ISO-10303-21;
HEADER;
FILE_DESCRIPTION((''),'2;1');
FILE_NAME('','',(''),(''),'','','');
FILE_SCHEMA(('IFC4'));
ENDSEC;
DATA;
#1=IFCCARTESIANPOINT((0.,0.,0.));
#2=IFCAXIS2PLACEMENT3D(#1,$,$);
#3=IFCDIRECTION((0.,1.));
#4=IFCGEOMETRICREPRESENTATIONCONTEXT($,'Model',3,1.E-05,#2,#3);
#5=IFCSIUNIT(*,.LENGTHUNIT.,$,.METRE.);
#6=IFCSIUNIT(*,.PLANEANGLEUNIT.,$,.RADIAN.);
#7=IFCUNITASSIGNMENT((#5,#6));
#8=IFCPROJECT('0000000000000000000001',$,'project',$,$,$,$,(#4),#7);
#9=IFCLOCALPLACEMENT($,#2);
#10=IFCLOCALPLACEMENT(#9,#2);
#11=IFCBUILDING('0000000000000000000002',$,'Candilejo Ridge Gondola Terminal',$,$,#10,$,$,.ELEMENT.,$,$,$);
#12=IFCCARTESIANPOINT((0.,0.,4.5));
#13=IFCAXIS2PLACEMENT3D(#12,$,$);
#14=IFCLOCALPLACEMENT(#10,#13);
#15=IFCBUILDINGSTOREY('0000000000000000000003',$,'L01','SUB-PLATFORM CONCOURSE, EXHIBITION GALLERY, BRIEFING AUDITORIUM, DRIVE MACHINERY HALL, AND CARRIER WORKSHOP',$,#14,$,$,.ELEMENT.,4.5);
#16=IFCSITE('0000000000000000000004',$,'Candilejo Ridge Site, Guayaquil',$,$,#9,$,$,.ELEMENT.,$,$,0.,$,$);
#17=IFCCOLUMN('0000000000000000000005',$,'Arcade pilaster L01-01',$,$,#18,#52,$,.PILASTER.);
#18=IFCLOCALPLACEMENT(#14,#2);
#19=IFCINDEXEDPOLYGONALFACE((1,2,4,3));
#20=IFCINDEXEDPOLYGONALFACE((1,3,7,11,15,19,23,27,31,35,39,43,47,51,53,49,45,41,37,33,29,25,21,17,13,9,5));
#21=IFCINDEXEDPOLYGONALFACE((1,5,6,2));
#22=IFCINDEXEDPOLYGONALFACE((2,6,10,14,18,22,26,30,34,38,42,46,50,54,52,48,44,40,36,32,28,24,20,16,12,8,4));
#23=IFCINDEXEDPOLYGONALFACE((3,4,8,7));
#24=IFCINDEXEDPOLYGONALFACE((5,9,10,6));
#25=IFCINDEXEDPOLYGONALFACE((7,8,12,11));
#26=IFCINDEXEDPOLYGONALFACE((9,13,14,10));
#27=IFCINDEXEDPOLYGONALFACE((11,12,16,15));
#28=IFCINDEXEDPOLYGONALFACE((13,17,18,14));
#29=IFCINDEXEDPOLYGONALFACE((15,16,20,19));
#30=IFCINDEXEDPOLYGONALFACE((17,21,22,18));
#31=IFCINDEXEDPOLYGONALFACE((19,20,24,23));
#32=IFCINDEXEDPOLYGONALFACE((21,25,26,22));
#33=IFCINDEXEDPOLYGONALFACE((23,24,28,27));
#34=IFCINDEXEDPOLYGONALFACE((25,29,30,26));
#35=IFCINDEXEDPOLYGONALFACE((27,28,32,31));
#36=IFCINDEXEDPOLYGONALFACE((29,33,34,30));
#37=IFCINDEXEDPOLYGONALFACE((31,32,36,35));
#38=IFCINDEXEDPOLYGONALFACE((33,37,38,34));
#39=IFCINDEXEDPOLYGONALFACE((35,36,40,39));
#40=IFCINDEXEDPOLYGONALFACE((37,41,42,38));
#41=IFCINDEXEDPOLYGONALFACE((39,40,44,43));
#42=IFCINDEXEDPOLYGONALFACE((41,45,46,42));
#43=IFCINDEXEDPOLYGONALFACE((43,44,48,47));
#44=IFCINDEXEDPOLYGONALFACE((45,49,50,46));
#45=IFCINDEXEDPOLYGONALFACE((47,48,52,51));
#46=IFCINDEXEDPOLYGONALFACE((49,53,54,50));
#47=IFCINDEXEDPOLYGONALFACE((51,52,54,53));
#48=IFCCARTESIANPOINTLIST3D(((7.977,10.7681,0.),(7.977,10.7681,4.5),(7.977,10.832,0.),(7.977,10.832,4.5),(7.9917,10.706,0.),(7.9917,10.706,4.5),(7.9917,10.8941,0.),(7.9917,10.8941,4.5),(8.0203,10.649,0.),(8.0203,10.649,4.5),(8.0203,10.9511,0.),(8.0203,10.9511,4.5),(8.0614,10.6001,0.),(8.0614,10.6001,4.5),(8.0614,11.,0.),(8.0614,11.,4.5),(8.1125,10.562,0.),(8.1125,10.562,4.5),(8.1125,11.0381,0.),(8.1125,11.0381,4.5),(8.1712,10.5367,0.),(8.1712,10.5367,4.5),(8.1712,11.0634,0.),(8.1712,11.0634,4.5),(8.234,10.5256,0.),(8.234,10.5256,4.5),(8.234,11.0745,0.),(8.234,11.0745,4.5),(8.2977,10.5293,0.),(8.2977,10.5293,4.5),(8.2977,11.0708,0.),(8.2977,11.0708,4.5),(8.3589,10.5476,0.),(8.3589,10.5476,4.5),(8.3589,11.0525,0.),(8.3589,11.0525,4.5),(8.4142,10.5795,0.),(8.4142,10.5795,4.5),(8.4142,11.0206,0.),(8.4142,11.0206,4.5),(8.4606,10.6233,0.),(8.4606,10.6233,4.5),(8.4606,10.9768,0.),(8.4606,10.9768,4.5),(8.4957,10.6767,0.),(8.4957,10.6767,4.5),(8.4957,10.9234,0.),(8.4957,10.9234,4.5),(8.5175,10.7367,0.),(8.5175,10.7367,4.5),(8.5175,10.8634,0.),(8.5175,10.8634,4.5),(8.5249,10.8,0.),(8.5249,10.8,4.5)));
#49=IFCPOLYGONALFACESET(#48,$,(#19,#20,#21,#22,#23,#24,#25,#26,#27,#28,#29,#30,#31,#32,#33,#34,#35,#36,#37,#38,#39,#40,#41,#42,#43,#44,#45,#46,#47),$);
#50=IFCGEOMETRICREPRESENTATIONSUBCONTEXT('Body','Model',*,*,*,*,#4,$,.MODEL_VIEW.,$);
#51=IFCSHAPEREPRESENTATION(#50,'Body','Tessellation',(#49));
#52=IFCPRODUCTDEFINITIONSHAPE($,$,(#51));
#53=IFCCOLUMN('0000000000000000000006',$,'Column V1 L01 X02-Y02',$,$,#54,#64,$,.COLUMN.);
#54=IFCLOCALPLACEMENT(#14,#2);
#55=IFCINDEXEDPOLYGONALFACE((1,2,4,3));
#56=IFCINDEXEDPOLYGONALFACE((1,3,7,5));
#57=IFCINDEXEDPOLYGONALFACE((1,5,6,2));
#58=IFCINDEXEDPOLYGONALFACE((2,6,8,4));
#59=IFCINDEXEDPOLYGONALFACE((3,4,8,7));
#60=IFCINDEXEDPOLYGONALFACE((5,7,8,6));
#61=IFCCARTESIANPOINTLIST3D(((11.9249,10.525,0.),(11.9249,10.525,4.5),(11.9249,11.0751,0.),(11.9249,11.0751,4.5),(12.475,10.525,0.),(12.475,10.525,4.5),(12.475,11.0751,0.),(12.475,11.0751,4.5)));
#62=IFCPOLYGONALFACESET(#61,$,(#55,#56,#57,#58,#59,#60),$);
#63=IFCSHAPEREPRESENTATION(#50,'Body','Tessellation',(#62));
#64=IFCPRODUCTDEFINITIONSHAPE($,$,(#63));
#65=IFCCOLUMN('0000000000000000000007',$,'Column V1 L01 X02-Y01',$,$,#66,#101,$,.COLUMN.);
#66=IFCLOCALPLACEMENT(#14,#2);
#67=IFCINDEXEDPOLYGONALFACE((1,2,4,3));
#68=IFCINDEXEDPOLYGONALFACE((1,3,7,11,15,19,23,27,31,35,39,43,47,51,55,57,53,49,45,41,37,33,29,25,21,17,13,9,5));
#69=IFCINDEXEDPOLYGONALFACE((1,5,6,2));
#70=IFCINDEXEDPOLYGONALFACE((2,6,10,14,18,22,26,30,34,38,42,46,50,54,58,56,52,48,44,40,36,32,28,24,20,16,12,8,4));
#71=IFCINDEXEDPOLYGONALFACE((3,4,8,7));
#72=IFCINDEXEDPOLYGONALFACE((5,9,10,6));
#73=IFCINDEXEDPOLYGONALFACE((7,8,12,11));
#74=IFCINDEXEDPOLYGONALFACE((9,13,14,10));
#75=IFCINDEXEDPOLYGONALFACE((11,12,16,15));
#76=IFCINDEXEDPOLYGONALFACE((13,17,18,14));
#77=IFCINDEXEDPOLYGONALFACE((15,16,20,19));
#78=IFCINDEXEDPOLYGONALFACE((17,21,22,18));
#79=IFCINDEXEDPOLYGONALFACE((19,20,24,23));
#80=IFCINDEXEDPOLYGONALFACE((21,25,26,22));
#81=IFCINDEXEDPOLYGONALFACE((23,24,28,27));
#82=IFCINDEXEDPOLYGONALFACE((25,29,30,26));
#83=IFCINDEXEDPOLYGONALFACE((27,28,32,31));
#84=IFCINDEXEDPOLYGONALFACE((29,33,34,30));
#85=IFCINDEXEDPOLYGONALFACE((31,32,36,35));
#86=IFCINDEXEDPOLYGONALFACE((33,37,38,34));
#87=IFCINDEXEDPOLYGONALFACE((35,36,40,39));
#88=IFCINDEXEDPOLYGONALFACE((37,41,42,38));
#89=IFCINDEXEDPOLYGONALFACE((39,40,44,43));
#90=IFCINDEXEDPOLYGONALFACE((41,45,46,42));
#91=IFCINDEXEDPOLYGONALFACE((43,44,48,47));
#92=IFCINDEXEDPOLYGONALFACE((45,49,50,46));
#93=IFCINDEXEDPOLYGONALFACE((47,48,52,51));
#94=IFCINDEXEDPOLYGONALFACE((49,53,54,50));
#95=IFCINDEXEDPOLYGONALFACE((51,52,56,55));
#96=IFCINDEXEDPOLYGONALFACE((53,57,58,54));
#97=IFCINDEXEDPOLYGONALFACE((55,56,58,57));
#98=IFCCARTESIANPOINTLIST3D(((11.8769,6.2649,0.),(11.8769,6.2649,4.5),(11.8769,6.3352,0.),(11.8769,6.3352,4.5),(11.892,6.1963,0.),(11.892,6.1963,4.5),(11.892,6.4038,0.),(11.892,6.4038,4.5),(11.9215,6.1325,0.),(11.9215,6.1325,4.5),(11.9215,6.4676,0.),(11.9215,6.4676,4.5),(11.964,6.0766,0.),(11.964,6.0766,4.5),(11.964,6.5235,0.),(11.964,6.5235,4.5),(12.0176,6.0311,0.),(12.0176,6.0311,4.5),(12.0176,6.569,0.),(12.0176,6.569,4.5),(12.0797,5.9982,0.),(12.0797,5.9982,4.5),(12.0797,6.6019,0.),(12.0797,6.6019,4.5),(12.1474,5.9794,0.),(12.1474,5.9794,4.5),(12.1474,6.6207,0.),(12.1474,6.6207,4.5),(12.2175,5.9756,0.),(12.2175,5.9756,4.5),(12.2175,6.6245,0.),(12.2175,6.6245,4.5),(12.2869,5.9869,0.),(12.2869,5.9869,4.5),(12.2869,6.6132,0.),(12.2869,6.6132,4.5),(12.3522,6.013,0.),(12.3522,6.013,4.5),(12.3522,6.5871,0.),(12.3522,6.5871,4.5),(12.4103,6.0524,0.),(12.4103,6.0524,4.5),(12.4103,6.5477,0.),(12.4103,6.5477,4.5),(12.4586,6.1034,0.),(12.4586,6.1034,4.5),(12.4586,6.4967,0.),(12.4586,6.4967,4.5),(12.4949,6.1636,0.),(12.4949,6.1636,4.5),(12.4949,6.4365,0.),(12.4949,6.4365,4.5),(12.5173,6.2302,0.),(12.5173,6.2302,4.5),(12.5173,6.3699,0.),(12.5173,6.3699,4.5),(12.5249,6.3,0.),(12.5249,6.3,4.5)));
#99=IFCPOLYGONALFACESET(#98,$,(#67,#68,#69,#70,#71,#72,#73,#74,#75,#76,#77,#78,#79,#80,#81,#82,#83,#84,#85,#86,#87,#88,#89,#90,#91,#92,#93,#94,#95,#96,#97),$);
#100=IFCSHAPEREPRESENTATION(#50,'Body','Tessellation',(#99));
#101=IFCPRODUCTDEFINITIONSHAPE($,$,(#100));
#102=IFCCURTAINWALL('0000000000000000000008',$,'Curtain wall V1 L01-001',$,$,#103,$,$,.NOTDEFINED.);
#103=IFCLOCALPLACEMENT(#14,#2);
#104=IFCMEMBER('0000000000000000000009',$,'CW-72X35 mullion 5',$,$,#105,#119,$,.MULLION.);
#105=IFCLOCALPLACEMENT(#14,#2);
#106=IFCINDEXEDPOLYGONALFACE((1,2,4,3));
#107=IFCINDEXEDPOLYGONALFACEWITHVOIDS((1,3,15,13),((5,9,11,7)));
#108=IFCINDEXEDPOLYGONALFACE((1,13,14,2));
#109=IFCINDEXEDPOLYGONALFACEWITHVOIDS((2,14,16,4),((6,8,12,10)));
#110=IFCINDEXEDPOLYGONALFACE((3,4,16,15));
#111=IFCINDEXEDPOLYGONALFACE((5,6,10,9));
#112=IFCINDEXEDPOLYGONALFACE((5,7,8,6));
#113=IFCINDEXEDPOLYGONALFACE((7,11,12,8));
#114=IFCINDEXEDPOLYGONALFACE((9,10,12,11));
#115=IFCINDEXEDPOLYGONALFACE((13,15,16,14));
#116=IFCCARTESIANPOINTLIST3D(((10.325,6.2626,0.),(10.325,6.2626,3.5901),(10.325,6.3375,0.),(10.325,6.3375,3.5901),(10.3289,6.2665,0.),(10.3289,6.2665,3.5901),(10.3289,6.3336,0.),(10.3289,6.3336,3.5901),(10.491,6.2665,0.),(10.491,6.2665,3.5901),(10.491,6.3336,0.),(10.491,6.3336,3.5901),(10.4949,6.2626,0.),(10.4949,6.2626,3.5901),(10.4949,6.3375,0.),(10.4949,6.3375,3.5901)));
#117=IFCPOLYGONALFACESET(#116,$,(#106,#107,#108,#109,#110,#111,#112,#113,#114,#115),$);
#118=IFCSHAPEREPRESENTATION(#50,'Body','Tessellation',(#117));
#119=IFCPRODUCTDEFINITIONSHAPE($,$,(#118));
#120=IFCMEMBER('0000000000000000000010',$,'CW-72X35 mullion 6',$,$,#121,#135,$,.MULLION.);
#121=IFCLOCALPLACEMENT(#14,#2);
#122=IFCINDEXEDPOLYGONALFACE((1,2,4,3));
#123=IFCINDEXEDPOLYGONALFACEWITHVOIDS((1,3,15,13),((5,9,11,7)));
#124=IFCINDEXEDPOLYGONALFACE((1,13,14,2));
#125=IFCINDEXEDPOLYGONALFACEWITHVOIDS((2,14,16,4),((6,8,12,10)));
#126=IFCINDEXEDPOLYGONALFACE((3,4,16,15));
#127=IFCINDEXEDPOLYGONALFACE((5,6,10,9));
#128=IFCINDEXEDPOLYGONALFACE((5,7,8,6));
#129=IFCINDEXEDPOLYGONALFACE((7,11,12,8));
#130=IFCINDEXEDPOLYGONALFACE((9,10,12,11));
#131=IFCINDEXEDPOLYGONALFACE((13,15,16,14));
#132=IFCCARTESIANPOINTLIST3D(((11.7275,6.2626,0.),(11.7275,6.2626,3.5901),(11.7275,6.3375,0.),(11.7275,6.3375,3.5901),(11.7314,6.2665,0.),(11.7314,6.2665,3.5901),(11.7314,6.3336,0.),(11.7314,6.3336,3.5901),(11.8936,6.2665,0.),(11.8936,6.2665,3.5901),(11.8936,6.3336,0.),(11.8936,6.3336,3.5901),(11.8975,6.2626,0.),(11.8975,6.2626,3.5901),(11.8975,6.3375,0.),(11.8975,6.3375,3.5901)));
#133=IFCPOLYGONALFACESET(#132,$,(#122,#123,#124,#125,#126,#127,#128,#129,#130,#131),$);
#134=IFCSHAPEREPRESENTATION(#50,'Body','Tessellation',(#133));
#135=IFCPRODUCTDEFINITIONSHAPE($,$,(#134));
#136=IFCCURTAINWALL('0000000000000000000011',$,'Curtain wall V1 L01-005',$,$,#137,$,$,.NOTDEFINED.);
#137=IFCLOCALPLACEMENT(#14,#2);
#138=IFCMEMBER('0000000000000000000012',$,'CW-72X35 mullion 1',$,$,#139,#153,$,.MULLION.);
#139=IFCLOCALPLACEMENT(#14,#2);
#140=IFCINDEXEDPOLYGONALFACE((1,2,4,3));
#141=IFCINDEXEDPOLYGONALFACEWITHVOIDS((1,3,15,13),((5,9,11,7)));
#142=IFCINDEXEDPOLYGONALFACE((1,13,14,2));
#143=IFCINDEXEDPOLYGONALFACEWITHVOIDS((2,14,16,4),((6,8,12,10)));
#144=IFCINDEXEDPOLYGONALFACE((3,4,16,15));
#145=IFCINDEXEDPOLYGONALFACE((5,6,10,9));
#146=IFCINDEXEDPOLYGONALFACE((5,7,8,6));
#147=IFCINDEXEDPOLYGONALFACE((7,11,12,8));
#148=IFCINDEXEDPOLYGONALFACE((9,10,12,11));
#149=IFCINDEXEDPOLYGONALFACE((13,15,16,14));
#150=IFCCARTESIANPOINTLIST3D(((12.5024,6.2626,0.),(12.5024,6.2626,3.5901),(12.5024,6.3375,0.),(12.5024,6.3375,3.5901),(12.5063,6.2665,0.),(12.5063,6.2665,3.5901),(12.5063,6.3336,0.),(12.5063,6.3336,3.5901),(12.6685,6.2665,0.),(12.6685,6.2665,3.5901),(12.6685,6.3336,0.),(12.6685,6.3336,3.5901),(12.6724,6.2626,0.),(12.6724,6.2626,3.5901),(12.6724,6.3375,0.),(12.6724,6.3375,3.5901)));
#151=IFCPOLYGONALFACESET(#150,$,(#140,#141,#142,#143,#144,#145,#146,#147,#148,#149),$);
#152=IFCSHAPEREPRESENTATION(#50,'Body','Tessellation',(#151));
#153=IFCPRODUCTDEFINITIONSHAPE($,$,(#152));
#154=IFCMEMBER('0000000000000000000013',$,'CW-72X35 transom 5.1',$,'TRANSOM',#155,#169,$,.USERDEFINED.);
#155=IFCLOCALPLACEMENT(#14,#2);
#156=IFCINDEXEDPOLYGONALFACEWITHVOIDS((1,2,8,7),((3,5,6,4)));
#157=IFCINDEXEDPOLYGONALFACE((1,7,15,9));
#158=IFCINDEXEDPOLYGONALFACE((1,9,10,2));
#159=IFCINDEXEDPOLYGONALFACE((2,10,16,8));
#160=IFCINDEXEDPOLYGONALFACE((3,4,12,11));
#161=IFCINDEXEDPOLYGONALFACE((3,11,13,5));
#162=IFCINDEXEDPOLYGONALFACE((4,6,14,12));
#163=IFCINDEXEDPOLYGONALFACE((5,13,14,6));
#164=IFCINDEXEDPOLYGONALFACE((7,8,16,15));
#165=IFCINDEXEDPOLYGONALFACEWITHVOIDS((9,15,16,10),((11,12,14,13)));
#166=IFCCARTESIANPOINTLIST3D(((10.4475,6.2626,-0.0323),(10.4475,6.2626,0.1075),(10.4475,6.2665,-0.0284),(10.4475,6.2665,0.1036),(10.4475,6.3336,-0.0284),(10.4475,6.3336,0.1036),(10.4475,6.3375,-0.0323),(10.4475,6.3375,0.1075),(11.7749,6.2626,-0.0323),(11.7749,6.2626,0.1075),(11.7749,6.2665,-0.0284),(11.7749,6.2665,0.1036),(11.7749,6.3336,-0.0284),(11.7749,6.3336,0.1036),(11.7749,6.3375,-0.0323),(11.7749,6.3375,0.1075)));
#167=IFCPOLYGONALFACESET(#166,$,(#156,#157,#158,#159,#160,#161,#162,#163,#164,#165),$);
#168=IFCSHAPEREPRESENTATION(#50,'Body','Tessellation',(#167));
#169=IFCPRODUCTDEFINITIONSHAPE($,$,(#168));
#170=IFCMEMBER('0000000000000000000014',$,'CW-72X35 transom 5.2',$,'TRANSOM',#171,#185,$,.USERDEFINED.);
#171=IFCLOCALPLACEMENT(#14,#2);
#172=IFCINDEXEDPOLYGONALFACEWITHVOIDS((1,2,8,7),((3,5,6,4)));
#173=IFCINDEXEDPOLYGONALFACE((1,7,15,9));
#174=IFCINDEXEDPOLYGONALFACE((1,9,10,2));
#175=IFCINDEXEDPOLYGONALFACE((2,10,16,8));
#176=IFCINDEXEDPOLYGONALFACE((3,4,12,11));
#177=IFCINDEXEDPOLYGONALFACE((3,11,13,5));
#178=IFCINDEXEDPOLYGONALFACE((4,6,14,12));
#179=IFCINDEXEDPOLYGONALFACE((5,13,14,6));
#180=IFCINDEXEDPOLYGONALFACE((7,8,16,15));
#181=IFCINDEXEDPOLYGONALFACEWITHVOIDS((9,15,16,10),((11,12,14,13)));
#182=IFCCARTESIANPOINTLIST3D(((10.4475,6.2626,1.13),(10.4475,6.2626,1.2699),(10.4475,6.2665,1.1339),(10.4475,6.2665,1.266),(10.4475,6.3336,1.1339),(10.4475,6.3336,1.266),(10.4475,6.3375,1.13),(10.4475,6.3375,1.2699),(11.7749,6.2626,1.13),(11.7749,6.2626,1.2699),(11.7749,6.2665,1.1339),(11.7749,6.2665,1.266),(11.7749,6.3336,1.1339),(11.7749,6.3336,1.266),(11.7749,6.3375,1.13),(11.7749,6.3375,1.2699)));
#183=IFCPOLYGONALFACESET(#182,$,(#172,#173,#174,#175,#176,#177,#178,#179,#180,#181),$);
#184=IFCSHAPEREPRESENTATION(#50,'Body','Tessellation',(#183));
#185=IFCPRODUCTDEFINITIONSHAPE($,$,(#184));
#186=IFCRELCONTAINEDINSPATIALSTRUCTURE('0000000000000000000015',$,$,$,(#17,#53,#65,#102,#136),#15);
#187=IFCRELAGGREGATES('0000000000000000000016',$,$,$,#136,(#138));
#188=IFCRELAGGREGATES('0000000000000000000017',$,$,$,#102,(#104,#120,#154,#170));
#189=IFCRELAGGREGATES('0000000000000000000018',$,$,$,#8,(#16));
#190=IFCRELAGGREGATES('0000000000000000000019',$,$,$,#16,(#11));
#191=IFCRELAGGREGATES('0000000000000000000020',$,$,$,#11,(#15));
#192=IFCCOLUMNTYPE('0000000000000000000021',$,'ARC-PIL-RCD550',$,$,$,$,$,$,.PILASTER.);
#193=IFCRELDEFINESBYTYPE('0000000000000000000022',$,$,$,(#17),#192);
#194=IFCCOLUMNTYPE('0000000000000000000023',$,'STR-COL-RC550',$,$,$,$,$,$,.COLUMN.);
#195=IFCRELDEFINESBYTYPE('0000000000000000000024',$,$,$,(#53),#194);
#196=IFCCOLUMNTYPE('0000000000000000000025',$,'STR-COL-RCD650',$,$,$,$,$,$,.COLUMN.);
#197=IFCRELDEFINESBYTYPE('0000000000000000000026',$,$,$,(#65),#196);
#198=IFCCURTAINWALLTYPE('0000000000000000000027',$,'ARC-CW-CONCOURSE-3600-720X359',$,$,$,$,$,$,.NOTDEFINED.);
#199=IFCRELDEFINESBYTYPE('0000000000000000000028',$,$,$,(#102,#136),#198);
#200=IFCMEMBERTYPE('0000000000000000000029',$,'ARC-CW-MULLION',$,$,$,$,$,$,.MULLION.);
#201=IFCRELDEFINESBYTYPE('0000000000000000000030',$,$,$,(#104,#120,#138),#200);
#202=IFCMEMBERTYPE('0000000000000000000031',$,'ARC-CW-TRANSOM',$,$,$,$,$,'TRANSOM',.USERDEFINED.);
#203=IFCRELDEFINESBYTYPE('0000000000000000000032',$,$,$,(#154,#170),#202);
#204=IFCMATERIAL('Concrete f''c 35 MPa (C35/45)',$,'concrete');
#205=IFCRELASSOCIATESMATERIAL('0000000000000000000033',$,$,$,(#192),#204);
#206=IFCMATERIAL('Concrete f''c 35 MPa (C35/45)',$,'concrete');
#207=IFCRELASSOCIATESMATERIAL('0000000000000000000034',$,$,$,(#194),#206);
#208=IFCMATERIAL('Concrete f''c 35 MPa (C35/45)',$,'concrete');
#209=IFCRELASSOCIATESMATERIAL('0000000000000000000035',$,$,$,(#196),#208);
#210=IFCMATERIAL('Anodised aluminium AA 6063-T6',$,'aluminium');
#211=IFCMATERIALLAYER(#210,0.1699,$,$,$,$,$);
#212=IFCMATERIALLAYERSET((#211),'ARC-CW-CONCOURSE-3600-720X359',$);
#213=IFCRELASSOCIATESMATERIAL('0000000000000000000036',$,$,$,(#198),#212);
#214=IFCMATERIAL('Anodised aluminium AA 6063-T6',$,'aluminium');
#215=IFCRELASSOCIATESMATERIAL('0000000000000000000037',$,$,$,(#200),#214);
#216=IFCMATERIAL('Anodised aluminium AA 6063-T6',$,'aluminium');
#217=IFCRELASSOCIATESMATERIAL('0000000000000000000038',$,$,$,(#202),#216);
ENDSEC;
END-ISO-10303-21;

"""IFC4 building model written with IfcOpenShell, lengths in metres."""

from ifc_helpers import new_model, si_unit, direction, frame, origin, origin_2d, place, context, subcontext, project, spatial, rectangle, hollow_rectangle, circle, extrude, material, layer, layer_set, material_profile, profile_set, type_object, element, aggregate, save


model = new_model("IFC4")

# Units and contexts
model_context = context("Model", 3, precision=1e-05, world=origin(), true_north=direction((0.0, 1.0)))
body_context = subcontext(model_context, "Body", "Model", "MODEL_VIEW")
ifc_project = project(units=[si_unit("LENGTHUNIT", "METRE"), si_unit("PLANEANGLEUNIT", "RADIAN")], contexts=[model_context])

# Site, building, storey
site_placement = place(None, origin())
site = spatial("IfcSite", under=ifc_project, at=site_placement, Name="Candilejo Ridge Site, Guayaquil", CompositionType="ELEMENT", RefElevation=0.0)
building_placement = place(site_placement, origin())
building = spatial("IfcBuilding", under=site, at=building_placement, Name="Candilejo Ridge Gondola Terminal", CompositionType="ELEMENT")
storey_placement = place(building_placement, frame((0.0, 0.0, 4.5)))
storey = spatial("IfcBuildingStorey", under=building, at=storey_placement, Name="L01", Description="SUB-PLATFORM CONCOURSE, EXHIBITION GALLERY, BRIEFING AUDITORIUM, DRIVE MACHINERY HALL, AND CARRIER WORKSHOP", CompositionType="ELEMENT", Elevation=4.5)

# Columns
ifc_material_1 = material(Name="Concrete f'c 35 MPa (C35/45)", Category="concrete")
ifc_material_profile_1 = material_profile(ifc_material_1, circle(Radius=0.2749, at=origin_2d()))
ifc_profile_set_1 = profile_set([ifc_material_profile_1], Name="Concrete f'c 35 MPa (C35/45)")
column_type_1 = type_object("IfcColumnType", Name="ARC-PIL-RCD550", PredefinedType="PILASTER", material=ifc_profile_set_1)
column_1_placement = place(storey_placement, frame((8.25, 10.8, 0.0), z_axis=(0.0, 0.0, 1.0), x_axis=(1.0, 0.0, 0.0)))
element("IfcColumn", 1, at=column_1_placement, inside=storey, type_object=column_type_1, Name="Arcade pilaster L01-01", PredefinedType="PILASTER", context=body_context, shape_type="SweptSolid", body=[
    extrude(circle(Radius=0.2749, at=origin_2d()), origin(), (0.0, 0.0, 1.0), 4.5),
])
ifc_material_2 = material(Name="Concrete f'c 35 MPa (C35/45)", Category="concrete")
ifc_material_profile_2 = material_profile(ifc_material_2, rectangle(XDim=0.55, YDim=0.55, at=origin_2d()))
ifc_profile_set_2 = profile_set([ifc_material_profile_2], Name="Concrete f'c 35 MPa (C35/45)")
column_type_2 = type_object("IfcColumnType", Name="STR-COL-RC550", PredefinedType="COLUMN", material=ifc_profile_set_2)
column_2_placement = place(storey_placement, frame((12.2, 10.8, 0.0), z_axis=(0.0, 0.0, 1.0), x_axis=(1.0, 0.0, 0.0)))
element("IfcColumn", 2, at=column_2_placement, inside=storey, type_object=column_type_2, Name="Column V1 L01 X02-Y02", PredefinedType="COLUMN", context=body_context, shape_type="SweptSolid", body=[
    extrude(rectangle(XDim=0.55, YDim=0.55, at=origin_2d()), origin(), (0.0, 0.0, 1.0), 4.5),
])
ifc_material_3 = material(Name="Concrete f'c 35 MPa (C35/45)", Category="concrete")
ifc_material_profile_3 = material_profile(ifc_material_3, circle(Radius=0.325, at=origin_2d()))
ifc_profile_set_3 = profile_set([ifc_material_profile_3], Name="Concrete f'c 35 MPa (C35/45)")
column_type_3 = type_object("IfcColumnType", Name="STR-COL-RCD650", PredefinedType="COLUMN", material=ifc_profile_set_3)
column_3_placement = place(storey_placement, frame((12.2, 6.3, 0.0), z_axis=(0.0, 0.0, 1.0), x_axis=(1.0, 0.0, 0.0)))
element("IfcColumn", 3, at=column_3_placement, inside=storey, type_object=column_type_3, Name="Column V1 L01 X02-Y01", PredefinedType="COLUMN", context=body_context, shape_type="SweptSolid", body=[
    extrude(circle(Radius=0.325, at=origin_2d()), origin(), (0.0, 0.0, 1.0), 4.5),
])

# Curtain wall, members
ifc_material_4 = material(Name="Anodised aluminium AA 6063-T6", Category="aluminium")
ifc_layer_1 = layer(ifc_material_4, 0.1699)
ifc_layer_set_1 = layer_set([ifc_layer_1], Name="ARC-CW-CONCOURSE-3600-720X359")
curtain_wall_type = type_object("IfcCurtainWallType", Name="ARC-CW-CONCOURSE-3600-720X359", PredefinedType="NOTDEFINED", material=ifc_layer_set_1)
curtain_wall_1_placement = place(storey_placement, origin())
curtain_wall_1 = element("IfcCurtainWall", 4, at=curtain_wall_1_placement, inside=storey, type_object=curtain_wall_type, Name="Curtain wall V1 L01-001", PredefinedType="NOTDEFINED")
ifc_material_5 = material(Name="Anodised aluminium AA 6063-T6", Category="aluminium")
ifc_material_profile_4 = material_profile(ifc_material_5, hollow_rectangle(XDim=0.075, YDim=0.1699, WallThickness=0.0039, at=origin_2d()))
ifc_profile_set_4 = profile_set([ifc_material_profile_4], Name="Anodised aluminium AA 6063-T6")
member_type_1 = type_object("IfcMemberType", Name="ARC-CW-MULLION", PredefinedType="MULLION", material=ifc_profile_set_4)
member_1_placement = place(storey_placement, frame((10.4099, 6.3, 0.0), z_axis=(0.0, 0.0, 1.0), x_axis=(0.0, 1.0, 0.0)))
member_1 = element("IfcMember", 5, at=member_1_placement, type_object=member_type_1, Name="CW-72X35 mullion 5", PredefinedType="MULLION", context=body_context, shape_type="SweptSolid", body=[
    extrude(hollow_rectangle(XDim=0.075, YDim=0.1699, WallThickness=0.0039, at=origin_2d()), origin(), (0.0, 0.0, 1.0), 3.5901),
])
member_2_placement = place(storey_placement, frame((11.8125, 6.3, 0.0), z_axis=(0.0, 0.0, 1.0), x_axis=(0.0, 1.0, 0.0)))
member_2 = element("IfcMember", 6, at=member_2_placement, type_object=member_type_1, Name="CW-72X35 mullion 6", PredefinedType="MULLION", context=body_context, shape_type="SweptSolid", body=[
    extrude(hollow_rectangle(XDim=0.075, YDim=0.1699, WallThickness=0.0039, at=origin_2d()), origin(), (0.0, 0.0, 1.0), 3.5901),
])

# Curtain wall, member
curtain_wall_2_placement = place(storey_placement, origin())
curtain_wall_2 = element("IfcCurtainWall", 7, at=curtain_wall_2_placement, inside=storey, type_object=curtain_wall_type, Name="Curtain wall V1 L01-005", PredefinedType="NOTDEFINED")
member_3_placement = place(storey_placement, frame((12.5874, 6.3, 0.0), z_axis=(0.0, 0.0, 1.0), x_axis=(0.0, 1.0, 0.0)))
member_3 = element("IfcMember", 8, at=member_3_placement, type_object=member_type_1, Name="CW-72X35 mullion 1", PredefinedType="MULLION", context=body_context, shape_type="SweptSolid", body=[
    extrude(hollow_rectangle(XDim=0.075, YDim=0.1699, WallThickness=0.0039, at=origin_2d()), origin(), (0.0, 0.0, 1.0), 3.5901),
])

# Members
ifc_material_6 = material(Name="Anodised aluminium AA 6063-T6", Category="aluminium")
ifc_material_profile_5 = material_profile(ifc_material_6, hollow_rectangle(XDim=0.075, YDim=0.1399, WallThickness=0.0039, at=origin_2d()))
ifc_profile_set_5 = profile_set([ifc_material_profile_5], Name="Anodised aluminium AA 6063-T6")
member_type_2 = type_object("IfcMemberType", Name="ARC-CW-TRANSOM", ElementType="TRANSOM", PredefinedType="USERDEFINED", material=ifc_profile_set_5)
member_4_placement = place(storey_placement, frame((10.4475, 6.3, 0.0376), z_axis=(1.0, 0.0, 0.0), x_axis=(0.0, 1.0, 0.0)))
member_4 = element("IfcMember", 9, at=member_4_placement, type_object=member_type_2, Name="CW-72X35 transom 5.1", ObjectType="TRANSOM", PredefinedType="USERDEFINED", context=body_context, shape_type="SweptSolid", body=[
    extrude(hollow_rectangle(XDim=0.075, YDim=0.1399, WallThickness=0.0039, at=origin_2d()), origin(), (0.0, 0.0, 1.0), 1.3274),
])
member_5_placement = place(storey_placement, frame((10.4475, 6.3, 1.2), z_axis=(1.0, 0.0, 0.0), x_axis=(0.0, 1.0, 0.0)))
member_5 = element("IfcMember", 10, at=member_5_placement, type_object=member_type_2, Name="CW-72X35 transom 5.2", ObjectType="TRANSOM", PredefinedType="USERDEFINED", context=body_context, shape_type="SweptSolid", body=[
    extrude(hollow_rectangle(XDim=0.075, YDim=0.1399, WallThickness=0.0039, at=origin_2d()), origin(), (0.0, 0.0, 1.0), 1.3274),
])
aggregate(curtain_wall_2, [member_3])

aggregate(curtain_wall_1, [member_1, member_2, member_4, member_5])

save(model, "model.ifc")
